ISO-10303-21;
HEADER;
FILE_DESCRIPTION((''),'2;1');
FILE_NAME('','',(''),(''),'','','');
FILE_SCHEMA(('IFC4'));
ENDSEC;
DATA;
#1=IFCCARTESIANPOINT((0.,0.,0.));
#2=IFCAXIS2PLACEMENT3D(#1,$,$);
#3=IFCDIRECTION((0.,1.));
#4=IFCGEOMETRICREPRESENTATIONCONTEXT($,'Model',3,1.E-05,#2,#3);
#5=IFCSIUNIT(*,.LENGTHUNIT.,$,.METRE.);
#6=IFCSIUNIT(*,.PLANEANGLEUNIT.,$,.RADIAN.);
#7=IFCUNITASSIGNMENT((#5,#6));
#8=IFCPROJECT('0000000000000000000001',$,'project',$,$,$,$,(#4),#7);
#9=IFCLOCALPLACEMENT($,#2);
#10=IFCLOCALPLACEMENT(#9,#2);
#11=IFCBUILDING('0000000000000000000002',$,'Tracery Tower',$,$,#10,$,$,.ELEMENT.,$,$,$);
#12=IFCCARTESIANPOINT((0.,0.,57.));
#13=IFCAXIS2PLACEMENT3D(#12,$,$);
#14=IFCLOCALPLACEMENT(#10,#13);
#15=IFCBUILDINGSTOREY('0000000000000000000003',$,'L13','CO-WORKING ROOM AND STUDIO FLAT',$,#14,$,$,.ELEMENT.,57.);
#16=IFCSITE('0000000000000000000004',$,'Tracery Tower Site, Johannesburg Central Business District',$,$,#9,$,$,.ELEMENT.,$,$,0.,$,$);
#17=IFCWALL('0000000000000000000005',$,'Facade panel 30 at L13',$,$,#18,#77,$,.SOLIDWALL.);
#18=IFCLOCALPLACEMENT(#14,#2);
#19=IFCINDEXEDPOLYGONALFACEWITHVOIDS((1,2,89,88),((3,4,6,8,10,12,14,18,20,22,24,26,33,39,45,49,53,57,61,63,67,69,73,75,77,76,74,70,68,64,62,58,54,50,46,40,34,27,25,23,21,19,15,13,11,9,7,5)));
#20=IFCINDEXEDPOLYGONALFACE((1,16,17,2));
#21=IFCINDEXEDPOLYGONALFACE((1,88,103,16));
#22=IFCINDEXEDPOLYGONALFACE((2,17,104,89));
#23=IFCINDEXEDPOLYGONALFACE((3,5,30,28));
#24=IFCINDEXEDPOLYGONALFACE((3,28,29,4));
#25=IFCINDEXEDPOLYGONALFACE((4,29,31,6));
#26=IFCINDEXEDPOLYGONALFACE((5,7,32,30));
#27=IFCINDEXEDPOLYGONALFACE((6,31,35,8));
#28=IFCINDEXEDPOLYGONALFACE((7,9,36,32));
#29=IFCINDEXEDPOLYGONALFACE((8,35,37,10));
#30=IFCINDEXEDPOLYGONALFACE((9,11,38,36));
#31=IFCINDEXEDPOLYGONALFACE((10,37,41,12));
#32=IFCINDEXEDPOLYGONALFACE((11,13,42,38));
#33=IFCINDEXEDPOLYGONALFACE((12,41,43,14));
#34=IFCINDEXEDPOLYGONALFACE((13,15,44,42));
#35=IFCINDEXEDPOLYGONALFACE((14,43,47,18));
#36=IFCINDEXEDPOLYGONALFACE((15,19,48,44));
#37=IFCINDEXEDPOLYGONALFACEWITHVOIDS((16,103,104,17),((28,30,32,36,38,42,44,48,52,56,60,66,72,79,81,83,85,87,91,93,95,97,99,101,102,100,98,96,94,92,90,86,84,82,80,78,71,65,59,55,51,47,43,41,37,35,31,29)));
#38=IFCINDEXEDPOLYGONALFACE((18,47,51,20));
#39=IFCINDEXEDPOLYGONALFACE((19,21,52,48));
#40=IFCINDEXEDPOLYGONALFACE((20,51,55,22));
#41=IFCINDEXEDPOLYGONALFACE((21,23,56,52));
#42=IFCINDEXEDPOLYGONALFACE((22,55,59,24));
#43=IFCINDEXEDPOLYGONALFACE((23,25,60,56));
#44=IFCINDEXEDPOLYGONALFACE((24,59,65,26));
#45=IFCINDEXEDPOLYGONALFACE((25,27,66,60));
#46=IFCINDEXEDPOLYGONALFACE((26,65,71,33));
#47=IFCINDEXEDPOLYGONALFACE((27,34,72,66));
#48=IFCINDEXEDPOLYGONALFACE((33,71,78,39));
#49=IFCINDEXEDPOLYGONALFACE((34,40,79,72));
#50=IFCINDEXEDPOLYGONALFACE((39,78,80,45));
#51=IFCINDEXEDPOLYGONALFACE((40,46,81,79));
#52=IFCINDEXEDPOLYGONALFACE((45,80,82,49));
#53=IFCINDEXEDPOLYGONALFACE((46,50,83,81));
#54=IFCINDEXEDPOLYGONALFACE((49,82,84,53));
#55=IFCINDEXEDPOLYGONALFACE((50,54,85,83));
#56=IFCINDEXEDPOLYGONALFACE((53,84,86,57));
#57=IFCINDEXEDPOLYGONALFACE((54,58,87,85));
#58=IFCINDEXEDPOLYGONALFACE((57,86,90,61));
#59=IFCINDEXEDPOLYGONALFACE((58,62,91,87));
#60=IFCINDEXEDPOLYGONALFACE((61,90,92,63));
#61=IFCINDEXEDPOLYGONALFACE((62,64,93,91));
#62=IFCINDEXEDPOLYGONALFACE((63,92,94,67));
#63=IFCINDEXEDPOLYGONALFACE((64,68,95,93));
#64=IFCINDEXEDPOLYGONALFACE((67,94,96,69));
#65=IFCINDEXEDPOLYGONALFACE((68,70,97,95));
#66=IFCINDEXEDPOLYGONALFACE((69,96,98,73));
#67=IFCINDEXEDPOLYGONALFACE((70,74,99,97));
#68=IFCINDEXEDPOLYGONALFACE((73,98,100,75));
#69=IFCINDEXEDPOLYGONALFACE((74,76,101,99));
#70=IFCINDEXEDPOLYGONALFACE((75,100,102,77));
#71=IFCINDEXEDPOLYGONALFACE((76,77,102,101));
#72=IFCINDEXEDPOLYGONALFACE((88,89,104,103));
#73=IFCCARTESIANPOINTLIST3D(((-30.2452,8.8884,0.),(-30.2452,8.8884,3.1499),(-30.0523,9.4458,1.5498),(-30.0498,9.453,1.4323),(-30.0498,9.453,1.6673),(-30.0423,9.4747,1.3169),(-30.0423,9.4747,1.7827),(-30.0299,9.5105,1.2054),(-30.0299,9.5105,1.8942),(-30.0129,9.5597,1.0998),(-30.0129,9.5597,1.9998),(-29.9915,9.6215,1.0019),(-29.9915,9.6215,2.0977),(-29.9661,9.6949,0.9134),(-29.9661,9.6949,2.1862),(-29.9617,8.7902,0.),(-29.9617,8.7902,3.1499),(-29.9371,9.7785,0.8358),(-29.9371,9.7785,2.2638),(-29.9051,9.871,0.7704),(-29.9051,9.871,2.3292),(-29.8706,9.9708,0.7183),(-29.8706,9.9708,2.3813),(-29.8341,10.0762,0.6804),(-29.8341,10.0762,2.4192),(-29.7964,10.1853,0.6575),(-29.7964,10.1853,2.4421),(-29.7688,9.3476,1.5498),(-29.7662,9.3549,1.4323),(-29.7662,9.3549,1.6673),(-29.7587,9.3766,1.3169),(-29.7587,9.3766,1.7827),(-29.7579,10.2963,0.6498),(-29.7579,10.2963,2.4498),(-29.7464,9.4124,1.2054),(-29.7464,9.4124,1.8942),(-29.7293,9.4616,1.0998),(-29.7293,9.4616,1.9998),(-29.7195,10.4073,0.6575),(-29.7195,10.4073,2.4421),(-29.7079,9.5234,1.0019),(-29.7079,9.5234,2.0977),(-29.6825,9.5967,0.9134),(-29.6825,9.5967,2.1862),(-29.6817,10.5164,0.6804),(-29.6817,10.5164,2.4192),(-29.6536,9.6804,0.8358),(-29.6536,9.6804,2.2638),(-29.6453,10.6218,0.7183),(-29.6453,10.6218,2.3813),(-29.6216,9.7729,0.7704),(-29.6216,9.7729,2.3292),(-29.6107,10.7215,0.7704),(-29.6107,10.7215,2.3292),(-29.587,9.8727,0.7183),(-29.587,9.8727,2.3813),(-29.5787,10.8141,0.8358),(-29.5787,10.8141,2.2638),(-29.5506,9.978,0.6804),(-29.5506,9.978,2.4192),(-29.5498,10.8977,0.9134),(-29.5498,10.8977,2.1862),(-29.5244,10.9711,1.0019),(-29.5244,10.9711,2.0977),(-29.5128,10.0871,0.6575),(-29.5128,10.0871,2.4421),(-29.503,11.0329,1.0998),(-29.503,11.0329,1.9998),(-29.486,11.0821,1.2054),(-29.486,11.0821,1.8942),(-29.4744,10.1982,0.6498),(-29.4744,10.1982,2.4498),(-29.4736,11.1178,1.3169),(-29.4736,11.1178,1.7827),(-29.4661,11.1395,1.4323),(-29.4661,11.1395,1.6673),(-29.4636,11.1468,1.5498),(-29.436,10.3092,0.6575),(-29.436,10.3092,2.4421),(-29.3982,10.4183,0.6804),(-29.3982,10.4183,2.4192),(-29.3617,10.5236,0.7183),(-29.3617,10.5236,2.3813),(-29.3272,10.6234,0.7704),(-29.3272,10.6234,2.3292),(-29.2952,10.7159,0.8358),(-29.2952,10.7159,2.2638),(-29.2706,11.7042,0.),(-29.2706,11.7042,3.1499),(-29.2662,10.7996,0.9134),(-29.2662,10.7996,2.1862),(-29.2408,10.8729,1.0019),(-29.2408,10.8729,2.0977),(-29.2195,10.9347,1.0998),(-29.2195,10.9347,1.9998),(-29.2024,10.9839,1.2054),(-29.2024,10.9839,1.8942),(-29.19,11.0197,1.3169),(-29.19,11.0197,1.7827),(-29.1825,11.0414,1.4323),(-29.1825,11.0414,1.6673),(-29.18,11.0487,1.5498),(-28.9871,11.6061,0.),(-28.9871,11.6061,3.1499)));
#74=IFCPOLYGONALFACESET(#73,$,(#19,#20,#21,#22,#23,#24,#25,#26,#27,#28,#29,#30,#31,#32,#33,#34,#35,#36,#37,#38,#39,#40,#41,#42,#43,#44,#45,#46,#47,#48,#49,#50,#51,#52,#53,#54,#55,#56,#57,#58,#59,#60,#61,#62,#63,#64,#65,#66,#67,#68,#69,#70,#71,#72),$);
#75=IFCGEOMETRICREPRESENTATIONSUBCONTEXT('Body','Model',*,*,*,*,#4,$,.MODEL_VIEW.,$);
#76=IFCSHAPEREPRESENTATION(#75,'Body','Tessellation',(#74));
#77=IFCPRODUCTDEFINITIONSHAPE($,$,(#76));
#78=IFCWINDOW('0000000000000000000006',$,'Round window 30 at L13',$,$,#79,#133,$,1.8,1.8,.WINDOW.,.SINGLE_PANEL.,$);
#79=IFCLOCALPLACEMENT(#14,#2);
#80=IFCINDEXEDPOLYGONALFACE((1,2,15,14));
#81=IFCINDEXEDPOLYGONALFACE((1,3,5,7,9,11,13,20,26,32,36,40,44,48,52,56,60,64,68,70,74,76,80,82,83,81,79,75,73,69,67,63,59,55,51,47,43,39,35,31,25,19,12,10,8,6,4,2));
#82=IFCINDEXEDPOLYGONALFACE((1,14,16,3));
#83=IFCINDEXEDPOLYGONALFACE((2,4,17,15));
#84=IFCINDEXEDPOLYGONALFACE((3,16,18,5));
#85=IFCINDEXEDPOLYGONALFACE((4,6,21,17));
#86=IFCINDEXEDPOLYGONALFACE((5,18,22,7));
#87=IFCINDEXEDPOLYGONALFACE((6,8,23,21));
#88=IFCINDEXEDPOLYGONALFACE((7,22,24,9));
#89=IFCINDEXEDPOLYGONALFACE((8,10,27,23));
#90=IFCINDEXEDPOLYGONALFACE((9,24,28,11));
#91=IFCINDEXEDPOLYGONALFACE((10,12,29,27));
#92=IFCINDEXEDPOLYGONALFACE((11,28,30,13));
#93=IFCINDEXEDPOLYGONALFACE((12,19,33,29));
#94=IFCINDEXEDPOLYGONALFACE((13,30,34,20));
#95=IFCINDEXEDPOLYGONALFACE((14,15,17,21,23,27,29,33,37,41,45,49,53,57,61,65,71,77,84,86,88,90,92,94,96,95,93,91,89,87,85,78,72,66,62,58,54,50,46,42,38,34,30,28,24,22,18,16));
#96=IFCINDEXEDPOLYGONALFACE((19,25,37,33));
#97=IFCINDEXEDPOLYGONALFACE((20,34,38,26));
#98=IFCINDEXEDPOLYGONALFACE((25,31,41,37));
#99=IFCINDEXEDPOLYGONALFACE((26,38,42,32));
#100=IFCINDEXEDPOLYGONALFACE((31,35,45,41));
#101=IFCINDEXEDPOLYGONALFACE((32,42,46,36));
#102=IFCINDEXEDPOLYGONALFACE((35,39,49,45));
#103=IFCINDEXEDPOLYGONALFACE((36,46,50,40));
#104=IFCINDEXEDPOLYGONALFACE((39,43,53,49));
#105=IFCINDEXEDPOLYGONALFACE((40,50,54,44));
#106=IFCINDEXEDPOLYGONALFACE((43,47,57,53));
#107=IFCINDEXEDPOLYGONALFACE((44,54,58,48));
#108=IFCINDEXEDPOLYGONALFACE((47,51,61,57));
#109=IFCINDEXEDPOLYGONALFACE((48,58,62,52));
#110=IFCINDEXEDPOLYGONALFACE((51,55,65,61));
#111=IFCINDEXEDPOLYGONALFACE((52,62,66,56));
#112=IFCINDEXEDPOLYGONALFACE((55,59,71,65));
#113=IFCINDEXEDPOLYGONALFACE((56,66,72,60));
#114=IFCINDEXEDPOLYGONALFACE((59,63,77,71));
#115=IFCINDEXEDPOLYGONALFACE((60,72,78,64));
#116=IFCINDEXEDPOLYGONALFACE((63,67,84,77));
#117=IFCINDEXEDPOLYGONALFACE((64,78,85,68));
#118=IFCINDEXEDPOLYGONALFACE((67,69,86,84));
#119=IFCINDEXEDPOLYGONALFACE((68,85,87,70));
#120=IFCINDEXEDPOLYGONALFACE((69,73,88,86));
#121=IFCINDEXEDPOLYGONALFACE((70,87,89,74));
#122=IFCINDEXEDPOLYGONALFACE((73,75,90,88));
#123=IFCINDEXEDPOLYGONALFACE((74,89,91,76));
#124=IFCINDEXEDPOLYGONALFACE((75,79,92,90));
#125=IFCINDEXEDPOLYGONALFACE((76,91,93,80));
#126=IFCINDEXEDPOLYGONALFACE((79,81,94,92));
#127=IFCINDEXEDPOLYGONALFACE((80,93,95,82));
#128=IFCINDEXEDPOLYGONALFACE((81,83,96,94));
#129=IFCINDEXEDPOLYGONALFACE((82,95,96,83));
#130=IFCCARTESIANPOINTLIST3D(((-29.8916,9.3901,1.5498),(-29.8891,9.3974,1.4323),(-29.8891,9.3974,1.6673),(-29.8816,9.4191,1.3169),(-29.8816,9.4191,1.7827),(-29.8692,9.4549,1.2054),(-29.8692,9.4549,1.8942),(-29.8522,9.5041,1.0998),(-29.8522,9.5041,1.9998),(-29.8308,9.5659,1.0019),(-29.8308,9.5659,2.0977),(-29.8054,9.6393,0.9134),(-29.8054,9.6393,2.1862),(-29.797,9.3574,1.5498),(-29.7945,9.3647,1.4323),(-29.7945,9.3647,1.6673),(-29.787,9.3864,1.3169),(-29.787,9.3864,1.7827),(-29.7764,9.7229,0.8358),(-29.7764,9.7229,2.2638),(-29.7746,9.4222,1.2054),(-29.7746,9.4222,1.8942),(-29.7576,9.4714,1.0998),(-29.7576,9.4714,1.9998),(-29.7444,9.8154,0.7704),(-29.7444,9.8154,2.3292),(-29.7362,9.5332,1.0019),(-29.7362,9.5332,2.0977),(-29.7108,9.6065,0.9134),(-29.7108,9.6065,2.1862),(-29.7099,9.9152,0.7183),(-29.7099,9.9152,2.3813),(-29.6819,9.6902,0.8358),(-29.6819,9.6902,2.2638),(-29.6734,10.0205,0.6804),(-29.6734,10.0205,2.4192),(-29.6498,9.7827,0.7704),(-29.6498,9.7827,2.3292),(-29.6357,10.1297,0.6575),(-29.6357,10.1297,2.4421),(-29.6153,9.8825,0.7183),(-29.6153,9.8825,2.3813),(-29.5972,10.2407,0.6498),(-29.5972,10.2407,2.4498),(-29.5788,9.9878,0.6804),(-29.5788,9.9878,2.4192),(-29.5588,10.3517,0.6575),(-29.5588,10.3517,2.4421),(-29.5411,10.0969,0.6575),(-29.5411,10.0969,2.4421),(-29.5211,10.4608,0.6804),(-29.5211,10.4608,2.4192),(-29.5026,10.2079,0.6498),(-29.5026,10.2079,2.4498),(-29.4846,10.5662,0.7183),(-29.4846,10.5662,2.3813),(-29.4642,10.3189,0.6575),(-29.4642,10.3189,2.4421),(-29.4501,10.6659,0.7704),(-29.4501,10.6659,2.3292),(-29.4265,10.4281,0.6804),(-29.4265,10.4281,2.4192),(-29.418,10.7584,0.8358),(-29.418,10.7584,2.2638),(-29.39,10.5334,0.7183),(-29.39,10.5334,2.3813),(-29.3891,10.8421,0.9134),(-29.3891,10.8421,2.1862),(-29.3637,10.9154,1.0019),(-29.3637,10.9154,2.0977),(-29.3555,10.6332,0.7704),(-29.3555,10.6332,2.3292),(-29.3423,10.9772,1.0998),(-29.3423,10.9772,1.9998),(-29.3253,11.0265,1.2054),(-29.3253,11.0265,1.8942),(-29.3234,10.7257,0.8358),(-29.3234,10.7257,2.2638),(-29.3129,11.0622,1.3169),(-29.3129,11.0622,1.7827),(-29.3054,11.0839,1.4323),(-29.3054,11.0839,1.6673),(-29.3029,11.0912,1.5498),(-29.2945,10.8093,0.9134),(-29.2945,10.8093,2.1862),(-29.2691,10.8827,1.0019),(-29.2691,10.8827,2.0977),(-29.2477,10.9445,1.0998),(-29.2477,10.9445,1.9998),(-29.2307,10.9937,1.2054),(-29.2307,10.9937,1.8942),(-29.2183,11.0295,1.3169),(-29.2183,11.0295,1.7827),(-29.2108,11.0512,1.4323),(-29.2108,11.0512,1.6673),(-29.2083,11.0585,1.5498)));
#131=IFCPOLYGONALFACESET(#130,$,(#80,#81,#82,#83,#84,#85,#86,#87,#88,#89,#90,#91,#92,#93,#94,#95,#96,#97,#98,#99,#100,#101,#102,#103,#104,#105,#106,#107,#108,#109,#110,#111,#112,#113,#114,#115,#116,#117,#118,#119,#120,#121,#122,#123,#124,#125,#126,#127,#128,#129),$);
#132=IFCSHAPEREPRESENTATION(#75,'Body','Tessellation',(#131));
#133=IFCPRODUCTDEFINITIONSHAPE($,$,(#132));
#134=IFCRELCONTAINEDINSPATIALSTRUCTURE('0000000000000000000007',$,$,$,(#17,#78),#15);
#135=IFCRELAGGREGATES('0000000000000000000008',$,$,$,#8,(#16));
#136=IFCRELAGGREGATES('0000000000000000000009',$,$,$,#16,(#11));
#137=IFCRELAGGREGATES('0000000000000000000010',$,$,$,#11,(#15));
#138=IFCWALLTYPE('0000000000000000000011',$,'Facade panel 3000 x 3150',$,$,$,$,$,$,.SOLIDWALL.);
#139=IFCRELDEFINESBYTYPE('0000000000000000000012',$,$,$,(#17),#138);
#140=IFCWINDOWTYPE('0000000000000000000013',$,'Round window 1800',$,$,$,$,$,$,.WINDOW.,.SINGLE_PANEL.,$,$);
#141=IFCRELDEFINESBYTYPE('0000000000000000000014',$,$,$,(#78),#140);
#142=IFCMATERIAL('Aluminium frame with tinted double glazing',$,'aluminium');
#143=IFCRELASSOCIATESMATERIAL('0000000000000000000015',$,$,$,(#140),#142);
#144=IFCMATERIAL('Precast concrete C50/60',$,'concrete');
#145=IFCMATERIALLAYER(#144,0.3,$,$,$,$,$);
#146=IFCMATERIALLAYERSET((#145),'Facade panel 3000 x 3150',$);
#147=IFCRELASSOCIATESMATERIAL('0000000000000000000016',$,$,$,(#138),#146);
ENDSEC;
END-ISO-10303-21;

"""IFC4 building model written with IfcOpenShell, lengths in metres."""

from ifc_helpers import new_model, si_unit, direction, frame, frame_2d, origin, origin_2d, place, context, subcontext, project, spatial, rectangle, circle, extrude, material, layer, layer_set, type_object, element, fill, save


model = new_model("IFC4")

# Units and contexts
model_context = context("Model", 3, precision=1e-05, world=origin(), true_north=direction((0.0, 1.0)))
body_context = subcontext(model_context, "Body", "Model", "MODEL_VIEW")
ifc_project = project(units=[si_unit("LENGTHUNIT", "METRE"), si_unit("PLANEANGLEUNIT", "RADIAN")], contexts=[model_context])

# Site, building, storey
site_placement = place(None, origin())
site = spatial("IfcSite", under=ifc_project, at=site_placement, Name="Tracery Tower Site, Johannesburg Central Business District", CompositionType="ELEMENT", RefElevation=0.0)
building_placement = place(site_placement, origin())
building = spatial("IfcBuilding", under=site, at=building_placement, Name="Tracery Tower", CompositionType="ELEMENT")
storey_placement = place(building_placement, frame((0.0, 0.0, 57.0)))
storey = spatial("IfcBuildingStorey", under=building, at=storey_placement, Name="L13", Description="CO-WORKING ROOM AND STUDIO FLAT", CompositionType="ELEMENT", Elevation=57.0)

# Wall, opening, window
ifc_material_1 = material(Name="Aluminium frame with tinted double glazing", Category="aluminium")
window_type = type_object("IfcWindowType", Name="Round window 1800", PartitioningType="SINGLE_PANEL", PredefinedType="WINDOW", material=ifc_material_1)
ifc_material_2 = material(Name="Precast concrete C50/60", Category="concrete")
ifc_layer_1 = layer(ifc_material_2, 0.3)
ifc_layer_set_1 = layer_set([ifc_layer_1], Name="Facade panel 3000 x 3150")
wall_type_1 = type_object("IfcWallType", Name="Facade panel 3000 x 3150", PredefinedType="SOLIDWALL", material=ifc_layer_set_1)
wall_1_placement = place(storey_placement, frame((-29.1289, 11.655, 0.0), z_axis=(0.0, 0.0, 1.0), x_axis=(-0.327071, -0.945, 0.0)))
wall_1 = element("IfcWall", 1, at=wall_1_placement, inside=storey, type_object=wall_type_1, Name="Facade panel 30 at L13", PredefinedType="SOLIDWALL", context=body_context, shape_type="SweptSolid", body=[
    extrude(rectangle(XDim=2.9797, YDim=0.3, at=frame_2d((1.4897, 0.0))), origin(), (0.0, 0.0, 1.0), 3.1499),
])
opening_1_placement = place(wall_1_placement, frame((1.4897, 0.0, 1.5498)))
opening_1 = element("IfcOpeningElement", 2, at=opening_1_placement, cuts=wall_1, PredefinedType="OPENING", context=body_context, shape_type="SweptSolid", body=[
    extrude(circle(Radius=0.9, at=origin_2d()), frame((0.0, 0.1599, 0.0), z_axis=(0.0, -1.0, 0.0), x_axis=(1.0, 0.0, 0.0)), (0.0, 0.0, 1.0), 0.3201),
])
window_1_placement = place(opening_1_placement, origin())
window_1 = element("IfcWindow", 3, at=window_1_placement, inside=storey, type_object=window_type, Name="Round window 30 at L13", OverallHeight=1.8, OverallWidth=1.8, PartitioningType="SINGLE_PANEL", PredefinedType="WINDOW", context=body_context, shape_type="SweptSolid", body=[
    extrude(circle(Radius=0.9, at=origin_2d()), frame((0.0, 0.1201, 0.0), z_axis=(0.0, -1.0, 0.0), x_axis=(1.0, 0.0, 0.0)), (0.0, 0.0, 1.0), 0.1001),
])
fill(opening_1, window_1)

save(model, "model.ifc")
